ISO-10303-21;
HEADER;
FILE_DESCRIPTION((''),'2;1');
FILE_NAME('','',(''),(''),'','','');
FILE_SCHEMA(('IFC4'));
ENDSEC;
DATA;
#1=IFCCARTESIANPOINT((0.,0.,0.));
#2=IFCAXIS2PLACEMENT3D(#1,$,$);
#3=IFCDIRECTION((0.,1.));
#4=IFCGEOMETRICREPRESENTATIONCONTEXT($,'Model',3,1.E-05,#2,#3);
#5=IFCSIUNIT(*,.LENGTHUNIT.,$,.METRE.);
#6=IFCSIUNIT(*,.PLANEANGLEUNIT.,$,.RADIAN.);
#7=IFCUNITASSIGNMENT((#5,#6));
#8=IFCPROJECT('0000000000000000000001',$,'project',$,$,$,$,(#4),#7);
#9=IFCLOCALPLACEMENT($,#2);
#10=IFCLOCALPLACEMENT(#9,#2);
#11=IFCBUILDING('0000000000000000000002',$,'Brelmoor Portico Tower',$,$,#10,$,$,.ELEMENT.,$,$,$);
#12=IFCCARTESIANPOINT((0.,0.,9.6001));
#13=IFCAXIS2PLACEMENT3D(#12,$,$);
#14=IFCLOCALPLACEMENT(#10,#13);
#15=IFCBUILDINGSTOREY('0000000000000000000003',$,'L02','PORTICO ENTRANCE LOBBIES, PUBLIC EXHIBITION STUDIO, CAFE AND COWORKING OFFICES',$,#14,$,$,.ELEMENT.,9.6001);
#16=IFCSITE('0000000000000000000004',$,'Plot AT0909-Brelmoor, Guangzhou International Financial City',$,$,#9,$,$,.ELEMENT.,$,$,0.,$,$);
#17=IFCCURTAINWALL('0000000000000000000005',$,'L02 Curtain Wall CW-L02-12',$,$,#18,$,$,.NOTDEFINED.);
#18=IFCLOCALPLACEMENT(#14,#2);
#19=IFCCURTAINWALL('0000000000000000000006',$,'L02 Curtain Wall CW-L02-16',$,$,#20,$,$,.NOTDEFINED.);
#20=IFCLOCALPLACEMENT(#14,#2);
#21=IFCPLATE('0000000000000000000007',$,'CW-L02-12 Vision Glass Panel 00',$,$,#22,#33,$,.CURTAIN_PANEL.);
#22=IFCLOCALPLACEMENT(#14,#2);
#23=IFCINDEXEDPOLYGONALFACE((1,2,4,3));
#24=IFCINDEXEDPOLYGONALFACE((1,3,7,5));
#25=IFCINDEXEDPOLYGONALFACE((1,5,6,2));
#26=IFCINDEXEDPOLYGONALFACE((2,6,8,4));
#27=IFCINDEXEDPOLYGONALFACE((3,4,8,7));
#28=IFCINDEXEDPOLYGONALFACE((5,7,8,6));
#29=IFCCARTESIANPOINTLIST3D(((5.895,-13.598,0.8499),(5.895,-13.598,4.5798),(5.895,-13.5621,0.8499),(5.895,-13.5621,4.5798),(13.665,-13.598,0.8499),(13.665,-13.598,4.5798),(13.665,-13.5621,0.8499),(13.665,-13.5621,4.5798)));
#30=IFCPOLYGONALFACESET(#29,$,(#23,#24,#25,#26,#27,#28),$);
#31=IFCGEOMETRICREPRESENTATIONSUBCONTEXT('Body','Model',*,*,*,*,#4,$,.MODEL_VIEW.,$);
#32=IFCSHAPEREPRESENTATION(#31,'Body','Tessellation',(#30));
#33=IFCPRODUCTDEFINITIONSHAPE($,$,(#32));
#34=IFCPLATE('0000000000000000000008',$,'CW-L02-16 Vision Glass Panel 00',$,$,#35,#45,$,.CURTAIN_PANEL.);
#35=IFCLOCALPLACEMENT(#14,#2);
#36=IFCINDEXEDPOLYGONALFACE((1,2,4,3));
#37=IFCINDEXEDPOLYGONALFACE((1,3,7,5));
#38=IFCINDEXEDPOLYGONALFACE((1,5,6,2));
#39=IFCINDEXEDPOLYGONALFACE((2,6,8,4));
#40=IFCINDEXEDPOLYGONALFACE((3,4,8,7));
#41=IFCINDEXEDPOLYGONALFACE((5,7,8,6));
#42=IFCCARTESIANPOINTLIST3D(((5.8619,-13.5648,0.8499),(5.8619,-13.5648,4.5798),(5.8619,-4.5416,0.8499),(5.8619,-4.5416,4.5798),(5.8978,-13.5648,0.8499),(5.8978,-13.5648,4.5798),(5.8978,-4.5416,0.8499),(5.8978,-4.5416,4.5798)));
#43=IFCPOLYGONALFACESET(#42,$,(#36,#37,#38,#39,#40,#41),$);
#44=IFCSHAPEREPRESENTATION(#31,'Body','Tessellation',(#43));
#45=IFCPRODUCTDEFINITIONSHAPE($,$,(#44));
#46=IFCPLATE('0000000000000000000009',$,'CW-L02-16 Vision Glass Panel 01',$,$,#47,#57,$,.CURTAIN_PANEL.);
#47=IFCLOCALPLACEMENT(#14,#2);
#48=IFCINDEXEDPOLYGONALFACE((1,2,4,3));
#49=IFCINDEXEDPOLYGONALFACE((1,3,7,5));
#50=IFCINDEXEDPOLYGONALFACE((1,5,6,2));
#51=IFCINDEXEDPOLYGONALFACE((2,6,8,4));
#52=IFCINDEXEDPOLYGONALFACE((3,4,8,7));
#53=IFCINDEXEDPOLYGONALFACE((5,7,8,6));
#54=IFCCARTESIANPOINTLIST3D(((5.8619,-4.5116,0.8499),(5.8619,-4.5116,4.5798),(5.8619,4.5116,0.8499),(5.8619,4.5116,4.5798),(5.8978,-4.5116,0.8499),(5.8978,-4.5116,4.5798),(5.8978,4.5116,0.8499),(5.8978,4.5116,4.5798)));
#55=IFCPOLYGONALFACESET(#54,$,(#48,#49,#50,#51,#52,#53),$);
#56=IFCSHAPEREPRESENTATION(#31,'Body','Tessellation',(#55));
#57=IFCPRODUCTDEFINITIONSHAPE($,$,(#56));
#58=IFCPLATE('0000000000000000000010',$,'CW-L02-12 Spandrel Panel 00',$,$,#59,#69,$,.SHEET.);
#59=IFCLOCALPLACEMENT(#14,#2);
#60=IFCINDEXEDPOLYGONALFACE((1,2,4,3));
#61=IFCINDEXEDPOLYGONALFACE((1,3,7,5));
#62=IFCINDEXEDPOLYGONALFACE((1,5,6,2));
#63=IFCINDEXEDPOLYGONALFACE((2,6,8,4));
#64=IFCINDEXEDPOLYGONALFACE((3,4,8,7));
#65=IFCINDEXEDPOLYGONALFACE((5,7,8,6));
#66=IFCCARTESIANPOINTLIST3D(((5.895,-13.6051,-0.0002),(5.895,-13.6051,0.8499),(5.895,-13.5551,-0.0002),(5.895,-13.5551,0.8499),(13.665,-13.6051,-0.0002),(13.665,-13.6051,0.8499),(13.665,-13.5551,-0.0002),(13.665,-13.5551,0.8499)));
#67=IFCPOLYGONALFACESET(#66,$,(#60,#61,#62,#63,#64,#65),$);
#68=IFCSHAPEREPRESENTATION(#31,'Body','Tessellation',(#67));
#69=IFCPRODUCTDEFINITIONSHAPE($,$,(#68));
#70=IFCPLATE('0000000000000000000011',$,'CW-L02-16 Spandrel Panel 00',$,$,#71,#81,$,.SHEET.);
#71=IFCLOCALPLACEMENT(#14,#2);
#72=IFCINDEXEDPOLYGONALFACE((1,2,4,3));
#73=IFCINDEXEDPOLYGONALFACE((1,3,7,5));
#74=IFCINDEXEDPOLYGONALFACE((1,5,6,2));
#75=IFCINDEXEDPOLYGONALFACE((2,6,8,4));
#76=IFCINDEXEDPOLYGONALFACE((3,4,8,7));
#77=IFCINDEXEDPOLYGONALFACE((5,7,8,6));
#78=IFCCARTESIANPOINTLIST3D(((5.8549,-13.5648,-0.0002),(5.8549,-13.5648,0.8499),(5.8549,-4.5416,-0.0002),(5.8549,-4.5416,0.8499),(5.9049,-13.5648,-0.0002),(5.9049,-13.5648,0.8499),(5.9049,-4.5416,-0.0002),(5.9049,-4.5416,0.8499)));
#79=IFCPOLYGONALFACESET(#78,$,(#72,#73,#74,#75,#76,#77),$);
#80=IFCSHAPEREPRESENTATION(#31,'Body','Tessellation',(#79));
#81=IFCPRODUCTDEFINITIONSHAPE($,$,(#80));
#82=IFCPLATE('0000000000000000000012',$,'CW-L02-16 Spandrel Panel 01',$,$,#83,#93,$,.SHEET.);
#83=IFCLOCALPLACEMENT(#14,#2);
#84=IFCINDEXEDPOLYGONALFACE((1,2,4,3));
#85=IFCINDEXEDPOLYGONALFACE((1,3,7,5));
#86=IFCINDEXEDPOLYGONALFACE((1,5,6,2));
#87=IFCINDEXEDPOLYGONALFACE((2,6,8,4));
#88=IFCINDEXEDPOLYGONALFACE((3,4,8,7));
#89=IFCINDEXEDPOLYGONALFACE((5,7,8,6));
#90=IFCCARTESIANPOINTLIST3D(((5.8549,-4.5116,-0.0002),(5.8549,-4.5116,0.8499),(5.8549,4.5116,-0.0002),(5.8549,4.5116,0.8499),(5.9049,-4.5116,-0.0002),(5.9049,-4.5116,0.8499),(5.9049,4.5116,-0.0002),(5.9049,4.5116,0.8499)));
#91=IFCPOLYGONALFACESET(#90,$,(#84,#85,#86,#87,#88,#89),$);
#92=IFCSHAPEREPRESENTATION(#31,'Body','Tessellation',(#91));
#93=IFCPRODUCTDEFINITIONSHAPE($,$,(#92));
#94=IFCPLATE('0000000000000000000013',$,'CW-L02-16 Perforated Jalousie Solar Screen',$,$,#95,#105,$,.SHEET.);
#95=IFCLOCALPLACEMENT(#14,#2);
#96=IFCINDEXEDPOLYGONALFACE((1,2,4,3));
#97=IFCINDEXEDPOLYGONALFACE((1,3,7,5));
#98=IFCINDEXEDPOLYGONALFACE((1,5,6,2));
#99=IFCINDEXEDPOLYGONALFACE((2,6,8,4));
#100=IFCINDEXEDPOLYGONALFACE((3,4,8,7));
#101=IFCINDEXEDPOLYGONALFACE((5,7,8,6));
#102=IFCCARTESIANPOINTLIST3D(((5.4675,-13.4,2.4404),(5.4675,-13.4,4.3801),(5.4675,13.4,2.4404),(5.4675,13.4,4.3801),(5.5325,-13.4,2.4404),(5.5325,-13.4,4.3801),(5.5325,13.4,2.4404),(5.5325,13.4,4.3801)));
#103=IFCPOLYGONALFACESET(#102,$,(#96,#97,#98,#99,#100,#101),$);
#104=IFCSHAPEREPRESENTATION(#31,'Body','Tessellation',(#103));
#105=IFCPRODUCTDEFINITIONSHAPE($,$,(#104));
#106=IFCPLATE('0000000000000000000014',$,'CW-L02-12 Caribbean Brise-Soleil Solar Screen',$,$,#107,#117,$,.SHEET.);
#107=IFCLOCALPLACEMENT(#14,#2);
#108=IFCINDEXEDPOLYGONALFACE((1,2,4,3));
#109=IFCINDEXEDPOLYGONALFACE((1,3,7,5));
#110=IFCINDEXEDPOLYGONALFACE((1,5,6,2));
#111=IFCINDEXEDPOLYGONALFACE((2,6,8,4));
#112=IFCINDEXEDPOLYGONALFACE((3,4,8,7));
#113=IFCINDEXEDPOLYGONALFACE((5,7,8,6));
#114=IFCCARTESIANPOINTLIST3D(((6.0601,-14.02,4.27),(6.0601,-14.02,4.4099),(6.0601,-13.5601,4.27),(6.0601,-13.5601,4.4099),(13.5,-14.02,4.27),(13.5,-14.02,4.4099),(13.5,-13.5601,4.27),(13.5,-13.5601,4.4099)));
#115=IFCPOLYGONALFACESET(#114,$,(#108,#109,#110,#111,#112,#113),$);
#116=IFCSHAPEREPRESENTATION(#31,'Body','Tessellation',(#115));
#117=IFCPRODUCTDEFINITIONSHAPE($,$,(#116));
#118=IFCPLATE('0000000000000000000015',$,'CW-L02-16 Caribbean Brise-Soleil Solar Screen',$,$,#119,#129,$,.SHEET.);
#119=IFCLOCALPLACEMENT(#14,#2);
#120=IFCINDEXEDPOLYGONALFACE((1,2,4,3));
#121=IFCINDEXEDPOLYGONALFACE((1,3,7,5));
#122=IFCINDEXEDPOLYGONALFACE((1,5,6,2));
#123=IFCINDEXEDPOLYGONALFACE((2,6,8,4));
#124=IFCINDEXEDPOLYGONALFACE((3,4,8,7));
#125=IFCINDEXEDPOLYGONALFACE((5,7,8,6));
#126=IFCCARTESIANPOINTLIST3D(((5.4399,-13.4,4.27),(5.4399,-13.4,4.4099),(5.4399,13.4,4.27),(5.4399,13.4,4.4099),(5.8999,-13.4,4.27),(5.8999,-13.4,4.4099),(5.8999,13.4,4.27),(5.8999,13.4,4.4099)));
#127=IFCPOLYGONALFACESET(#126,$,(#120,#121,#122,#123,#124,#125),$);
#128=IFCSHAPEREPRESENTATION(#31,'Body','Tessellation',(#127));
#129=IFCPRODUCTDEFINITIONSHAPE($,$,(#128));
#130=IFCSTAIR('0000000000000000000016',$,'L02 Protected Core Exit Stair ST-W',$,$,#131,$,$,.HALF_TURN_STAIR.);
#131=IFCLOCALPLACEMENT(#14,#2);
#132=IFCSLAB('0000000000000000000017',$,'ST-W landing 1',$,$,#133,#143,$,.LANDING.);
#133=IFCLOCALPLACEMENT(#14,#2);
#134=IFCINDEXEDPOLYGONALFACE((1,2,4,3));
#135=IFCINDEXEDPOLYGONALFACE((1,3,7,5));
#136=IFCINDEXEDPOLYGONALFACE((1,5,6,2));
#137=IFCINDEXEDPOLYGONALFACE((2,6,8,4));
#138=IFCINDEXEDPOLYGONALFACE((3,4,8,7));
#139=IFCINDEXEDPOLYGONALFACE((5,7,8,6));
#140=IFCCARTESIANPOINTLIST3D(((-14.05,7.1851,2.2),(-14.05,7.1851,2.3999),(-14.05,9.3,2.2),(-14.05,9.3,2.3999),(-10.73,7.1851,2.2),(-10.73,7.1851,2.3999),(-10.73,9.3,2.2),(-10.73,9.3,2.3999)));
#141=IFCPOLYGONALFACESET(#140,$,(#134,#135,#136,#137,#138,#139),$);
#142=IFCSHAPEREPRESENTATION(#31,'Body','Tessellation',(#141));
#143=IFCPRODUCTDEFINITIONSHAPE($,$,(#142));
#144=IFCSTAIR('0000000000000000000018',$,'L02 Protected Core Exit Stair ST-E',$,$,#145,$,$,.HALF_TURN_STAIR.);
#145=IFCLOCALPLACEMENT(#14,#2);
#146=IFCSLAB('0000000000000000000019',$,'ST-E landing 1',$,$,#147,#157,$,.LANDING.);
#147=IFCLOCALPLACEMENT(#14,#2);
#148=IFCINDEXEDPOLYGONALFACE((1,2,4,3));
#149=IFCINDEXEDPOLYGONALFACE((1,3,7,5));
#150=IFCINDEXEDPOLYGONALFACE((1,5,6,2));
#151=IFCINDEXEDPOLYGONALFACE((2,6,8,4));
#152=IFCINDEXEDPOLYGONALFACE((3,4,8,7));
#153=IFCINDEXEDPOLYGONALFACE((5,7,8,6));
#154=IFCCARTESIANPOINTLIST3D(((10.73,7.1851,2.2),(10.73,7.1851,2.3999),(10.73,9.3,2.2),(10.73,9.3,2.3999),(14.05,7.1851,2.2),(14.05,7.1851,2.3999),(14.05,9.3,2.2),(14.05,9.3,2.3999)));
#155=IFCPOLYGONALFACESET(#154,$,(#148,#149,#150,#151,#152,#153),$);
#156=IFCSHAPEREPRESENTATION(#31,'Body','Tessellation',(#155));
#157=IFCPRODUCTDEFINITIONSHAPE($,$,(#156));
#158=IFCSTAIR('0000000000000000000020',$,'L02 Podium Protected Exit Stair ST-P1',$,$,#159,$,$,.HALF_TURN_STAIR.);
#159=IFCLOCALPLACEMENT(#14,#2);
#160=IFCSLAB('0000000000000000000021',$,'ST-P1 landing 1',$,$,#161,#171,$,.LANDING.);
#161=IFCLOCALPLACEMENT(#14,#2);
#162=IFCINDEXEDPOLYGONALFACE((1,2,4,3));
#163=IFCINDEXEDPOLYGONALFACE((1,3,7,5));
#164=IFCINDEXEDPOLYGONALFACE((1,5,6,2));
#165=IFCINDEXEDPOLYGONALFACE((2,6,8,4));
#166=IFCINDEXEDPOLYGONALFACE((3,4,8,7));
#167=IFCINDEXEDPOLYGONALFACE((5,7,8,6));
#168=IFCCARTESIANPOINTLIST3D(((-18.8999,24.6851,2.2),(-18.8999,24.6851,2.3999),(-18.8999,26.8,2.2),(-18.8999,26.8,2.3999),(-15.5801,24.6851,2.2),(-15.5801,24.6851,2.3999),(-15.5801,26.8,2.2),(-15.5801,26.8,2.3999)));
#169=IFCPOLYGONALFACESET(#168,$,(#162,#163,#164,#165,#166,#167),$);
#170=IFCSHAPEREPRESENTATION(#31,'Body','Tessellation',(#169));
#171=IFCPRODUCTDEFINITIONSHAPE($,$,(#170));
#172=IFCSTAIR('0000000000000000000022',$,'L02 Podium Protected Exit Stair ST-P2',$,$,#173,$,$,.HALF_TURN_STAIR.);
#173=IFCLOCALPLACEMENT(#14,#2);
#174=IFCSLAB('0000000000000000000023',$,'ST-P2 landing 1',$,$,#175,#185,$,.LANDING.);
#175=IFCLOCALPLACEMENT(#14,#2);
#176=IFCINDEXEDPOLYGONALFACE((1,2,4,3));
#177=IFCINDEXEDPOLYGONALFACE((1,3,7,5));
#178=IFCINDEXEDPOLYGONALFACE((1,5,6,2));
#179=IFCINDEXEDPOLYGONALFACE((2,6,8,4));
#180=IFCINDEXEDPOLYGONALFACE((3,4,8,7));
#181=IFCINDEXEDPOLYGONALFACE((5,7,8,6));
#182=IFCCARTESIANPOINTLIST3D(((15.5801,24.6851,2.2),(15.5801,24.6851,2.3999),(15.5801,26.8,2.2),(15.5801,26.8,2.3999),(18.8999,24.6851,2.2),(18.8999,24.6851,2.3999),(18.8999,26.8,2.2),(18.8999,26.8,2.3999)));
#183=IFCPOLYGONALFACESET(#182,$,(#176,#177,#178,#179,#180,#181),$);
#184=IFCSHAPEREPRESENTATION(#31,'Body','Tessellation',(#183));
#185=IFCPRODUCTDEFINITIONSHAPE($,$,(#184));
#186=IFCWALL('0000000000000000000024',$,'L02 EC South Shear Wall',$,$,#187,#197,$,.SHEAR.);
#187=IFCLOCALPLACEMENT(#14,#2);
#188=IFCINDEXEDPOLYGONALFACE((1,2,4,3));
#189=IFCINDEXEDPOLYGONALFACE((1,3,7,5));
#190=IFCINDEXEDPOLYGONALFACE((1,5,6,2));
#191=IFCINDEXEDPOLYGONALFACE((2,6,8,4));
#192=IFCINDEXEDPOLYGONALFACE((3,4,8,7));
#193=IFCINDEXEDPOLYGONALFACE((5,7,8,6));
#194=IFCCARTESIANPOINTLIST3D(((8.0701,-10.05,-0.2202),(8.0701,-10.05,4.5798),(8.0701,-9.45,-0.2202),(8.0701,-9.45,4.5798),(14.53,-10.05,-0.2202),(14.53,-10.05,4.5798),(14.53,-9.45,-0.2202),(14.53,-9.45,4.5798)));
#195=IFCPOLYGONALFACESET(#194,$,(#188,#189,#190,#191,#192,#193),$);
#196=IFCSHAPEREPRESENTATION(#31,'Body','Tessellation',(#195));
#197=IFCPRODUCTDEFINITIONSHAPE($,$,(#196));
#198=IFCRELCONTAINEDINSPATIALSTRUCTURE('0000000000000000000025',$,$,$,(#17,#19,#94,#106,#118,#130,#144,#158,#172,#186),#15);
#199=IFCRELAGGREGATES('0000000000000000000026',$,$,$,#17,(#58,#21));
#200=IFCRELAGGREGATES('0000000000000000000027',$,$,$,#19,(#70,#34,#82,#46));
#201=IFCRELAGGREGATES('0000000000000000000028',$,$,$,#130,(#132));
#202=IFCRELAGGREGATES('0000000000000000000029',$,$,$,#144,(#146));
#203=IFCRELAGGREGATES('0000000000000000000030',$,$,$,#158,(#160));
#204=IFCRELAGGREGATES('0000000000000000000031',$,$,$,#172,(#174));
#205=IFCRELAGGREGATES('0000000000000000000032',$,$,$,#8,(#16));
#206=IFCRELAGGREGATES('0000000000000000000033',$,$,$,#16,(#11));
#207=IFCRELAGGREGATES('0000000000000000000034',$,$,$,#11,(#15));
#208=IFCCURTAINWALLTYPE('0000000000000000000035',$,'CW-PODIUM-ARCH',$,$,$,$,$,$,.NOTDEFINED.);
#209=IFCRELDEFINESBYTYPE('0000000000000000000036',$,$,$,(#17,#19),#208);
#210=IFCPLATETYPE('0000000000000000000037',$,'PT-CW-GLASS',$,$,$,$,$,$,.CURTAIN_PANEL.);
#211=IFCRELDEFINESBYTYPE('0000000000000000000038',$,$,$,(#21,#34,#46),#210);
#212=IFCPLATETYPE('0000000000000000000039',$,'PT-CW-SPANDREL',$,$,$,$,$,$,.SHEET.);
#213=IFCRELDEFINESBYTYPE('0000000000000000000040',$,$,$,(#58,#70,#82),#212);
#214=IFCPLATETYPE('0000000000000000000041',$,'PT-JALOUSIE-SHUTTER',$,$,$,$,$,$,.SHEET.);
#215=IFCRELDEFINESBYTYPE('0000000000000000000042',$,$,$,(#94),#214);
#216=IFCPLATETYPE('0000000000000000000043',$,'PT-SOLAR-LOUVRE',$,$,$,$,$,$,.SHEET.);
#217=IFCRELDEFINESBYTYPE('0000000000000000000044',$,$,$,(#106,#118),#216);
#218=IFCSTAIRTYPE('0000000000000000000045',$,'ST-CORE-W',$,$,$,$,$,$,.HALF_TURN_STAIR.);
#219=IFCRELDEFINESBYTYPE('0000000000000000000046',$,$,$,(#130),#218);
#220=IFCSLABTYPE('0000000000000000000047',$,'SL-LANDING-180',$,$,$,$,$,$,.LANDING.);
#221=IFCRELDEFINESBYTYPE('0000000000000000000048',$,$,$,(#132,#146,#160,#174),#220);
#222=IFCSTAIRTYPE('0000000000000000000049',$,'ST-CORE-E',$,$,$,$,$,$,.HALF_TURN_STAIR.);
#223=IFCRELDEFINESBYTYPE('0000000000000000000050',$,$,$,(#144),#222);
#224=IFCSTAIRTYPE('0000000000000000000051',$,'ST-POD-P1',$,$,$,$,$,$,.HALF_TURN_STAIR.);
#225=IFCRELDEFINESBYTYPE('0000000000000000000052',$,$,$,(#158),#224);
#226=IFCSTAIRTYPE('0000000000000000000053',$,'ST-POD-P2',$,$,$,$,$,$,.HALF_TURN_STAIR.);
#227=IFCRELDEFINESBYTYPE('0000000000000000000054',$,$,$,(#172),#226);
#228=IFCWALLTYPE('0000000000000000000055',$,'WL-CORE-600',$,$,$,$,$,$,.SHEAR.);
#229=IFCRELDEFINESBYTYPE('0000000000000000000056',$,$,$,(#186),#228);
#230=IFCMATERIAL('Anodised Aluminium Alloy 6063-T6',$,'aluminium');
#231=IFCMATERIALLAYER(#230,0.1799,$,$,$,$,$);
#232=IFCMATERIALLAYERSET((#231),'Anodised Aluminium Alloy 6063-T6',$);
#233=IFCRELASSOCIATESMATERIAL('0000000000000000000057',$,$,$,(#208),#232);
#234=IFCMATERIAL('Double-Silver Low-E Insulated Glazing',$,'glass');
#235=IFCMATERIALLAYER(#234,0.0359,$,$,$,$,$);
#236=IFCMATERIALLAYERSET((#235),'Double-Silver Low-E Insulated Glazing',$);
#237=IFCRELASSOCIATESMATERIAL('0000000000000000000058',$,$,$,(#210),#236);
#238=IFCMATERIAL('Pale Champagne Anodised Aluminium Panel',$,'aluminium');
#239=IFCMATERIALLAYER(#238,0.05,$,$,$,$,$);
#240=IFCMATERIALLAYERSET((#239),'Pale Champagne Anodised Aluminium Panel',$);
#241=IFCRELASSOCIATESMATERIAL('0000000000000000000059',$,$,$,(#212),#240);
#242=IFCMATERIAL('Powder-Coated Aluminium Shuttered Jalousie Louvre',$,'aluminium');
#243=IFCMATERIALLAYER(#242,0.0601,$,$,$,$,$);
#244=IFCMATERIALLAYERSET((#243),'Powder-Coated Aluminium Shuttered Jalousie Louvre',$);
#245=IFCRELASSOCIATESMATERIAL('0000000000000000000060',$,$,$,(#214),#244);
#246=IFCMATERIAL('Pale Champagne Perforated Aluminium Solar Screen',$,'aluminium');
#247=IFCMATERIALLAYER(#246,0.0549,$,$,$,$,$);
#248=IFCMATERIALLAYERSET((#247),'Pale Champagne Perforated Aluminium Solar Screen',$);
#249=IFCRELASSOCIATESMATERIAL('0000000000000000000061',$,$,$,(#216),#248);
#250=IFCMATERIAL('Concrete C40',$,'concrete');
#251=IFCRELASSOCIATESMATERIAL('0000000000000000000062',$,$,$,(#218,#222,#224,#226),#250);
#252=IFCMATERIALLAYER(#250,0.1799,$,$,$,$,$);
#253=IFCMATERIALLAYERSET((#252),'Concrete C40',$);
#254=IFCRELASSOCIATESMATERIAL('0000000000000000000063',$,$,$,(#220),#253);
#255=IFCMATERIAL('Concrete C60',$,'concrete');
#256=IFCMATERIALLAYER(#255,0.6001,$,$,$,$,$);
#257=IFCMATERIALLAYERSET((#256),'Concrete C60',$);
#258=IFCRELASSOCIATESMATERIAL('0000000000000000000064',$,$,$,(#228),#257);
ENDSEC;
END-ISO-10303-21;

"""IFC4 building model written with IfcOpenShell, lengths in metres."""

from ifc_helpers import new_model, si_unit, direction, frame, frame_2d, origin, origin_2d, place, context, subcontext, project, spatial, polyline, rectangle, outline, extrude, material, layer, layer_set, type_object, element, aggregate, save


model = new_model("IFC4")

# Units and contexts
model_context = context("Model", 3, precision=1e-05, world=origin(), true_north=direction((0.0, 1.0)))
body_context = subcontext(model_context, "Body", "Model", "MODEL_VIEW")
ifc_project = project(units=[si_unit("LENGTHUNIT", "METRE"), si_unit("PLANEANGLEUNIT", "RADIAN")], contexts=[model_context])

# Site, building, storey
site_placement = place(None, origin())
site = spatial("IfcSite", under=ifc_project, at=site_placement, Name="Plot AT0909-Brelmoor, Guangzhou International Financial City", CompositionType="ELEMENT", RefElevation=0.0)
building_placement = place(site_placement, origin())
building = spatial("IfcBuilding", under=site, at=building_placement, Name="Brelmoor Portico Tower", CompositionType="ELEMENT")
storey_placement = place(building_placement, frame((0.0, 0.0, 9.6001)))
storey = spatial("IfcBuildingStorey", under=building, at=storey_placement, Name="L02", Description="PORTICO ENTRANCE LOBBIES, PUBLIC EXHIBITION STUDIO, CAFE AND COWORKING OFFICES", CompositionType="ELEMENT", Elevation=9.6001)

# Curtain wall
ifc_material_1 = material(Name="Anodised Aluminium Alloy 6063-T6", Category="aluminium")
ifc_layer_1 = layer(ifc_material_1, 0.1799)
ifc_layer_set_1 = layer_set([ifc_layer_1], Name="Anodised Aluminium Alloy 6063-T6")
curtain_wall_type = type_object("IfcCurtainWallType", Name="CW-PODIUM-ARCH", PredefinedType="NOTDEFINED", material=ifc_layer_set_1)
curtain_wall_1_placement = place(storey_placement, origin())
curtain_wall_1 = element("IfcCurtainWall", 1, at=curtain_wall_1_placement, inside=storey, type_object=curtain_wall_type, Name="L02 Curtain Wall CW-L02-12", PredefinedType="NOTDEFINED")

# Curtain wall
curtain_wall_2_placement = place(storey_placement, origin())
curtain_wall_2 = element("IfcCurtainWall", 2, at=curtain_wall_2_placement, inside=storey, type_object=curtain_wall_type, Name="L02 Curtain Wall CW-L02-16", PredefinedType="NOTDEFINED")

# Plates
ifc_material_2 = material(Name="Double-Silver Low-E Insulated Glazing", Category="glass")
ifc_layer_2 = layer(ifc_material_2, 0.0359)
ifc_layer_set_2 = layer_set([ifc_layer_2], Name="Double-Silver Low-E Insulated Glazing")
plate_type_1 = type_object("IfcPlateType", Name="PT-CW-GLASS", PredefinedType="CURTAIN_PANEL", material=ifc_layer_set_2)
plate_1_placement = place(storey_placement, frame((9.78, -13.5801, 0.8499), z_axis=(0.0, 0.0, 1.0), x_axis=(1.0, 0.0, 0.0)))
plate_1 = element("IfcPlate", 3, at=plate_1_placement, type_object=plate_type_1, Name="CW-L02-12 Vision Glass Panel 00", PredefinedType="CURTAIN_PANEL", context=body_context, shape_type="SweptSolid", body=[
    extrude(rectangle(XDim=7.77, YDim=0.0359, at=origin_2d()), origin(), (0.0, 0.0, 1.0), 3.73),
])
plate_2_placement = place(storey_placement, frame((5.8799, -9.0532, 0.8499), z_axis=(0.0, 0.0, 1.0), x_axis=(0.0, 1.0, 0.0)))
plate_2 = element("IfcPlate", 4, at=plate_2_placement, type_object=plate_type_1, Name="CW-L02-16 Vision Glass Panel 00", PredefinedType="CURTAIN_PANEL", context=body_context, shape_type="SweptSolid", body=[
    extrude(rectangle(XDim=9.0232, YDim=0.0359, at=origin_2d()), origin(), (0.0, 0.0, 1.0), 3.73),
])
plate_3_placement = place(storey_placement, frame((5.8799, 0.0, 0.8499), z_axis=(0.0, 0.0, 1.0), x_axis=(0.0, 1.0, 0.0)))
plate_3 = element("IfcPlate", 5, at=plate_3_placement, type_object=plate_type_1, Name="CW-L02-16 Vision Glass Panel 01", PredefinedType="CURTAIN_PANEL", context=body_context, shape_type="SweptSolid", body=[
    extrude(rectangle(XDim=9.0232, YDim=0.0359, at=origin_2d()), origin(), (0.0, 0.0, 1.0), 3.73),
])
ifc_material_3 = material(Name="Pale Champagne Anodised Aluminium Panel", Category="aluminium")
ifc_layer_3 = layer(ifc_material_3, 0.05)
ifc_layer_set_3 = layer_set([ifc_layer_3], Name="Pale Champagne Anodised Aluminium Panel")
plate_type_2 = type_object("IfcPlateType", Name="PT-CW-SPANDREL", PredefinedType="SHEET", material=ifc_layer_set_3)
plate_4_placement = place(storey_placement, frame((9.78, -13.5801, -0.0002), z_axis=(0.0, 0.0, 1.0), x_axis=(1.0, 0.0, 0.0)))
plate_4 = element("IfcPlate", 6, at=plate_4_placement, type_object=plate_type_2, Name="CW-L02-12 Spandrel Panel 00", PredefinedType="SHEET", context=body_context, shape_type="SweptSolid", body=[
    extrude(rectangle(XDim=7.77, YDim=0.05, at=origin_2d()), origin(), (0.0, 0.0, 1.0), 0.8501),
])
aggregate(curtain_wall_1, [plate_4, plate_1])
plate_5_placement = place(storey_placement, frame((5.8799, -9.0532, -0.0002), z_axis=(0.0, 0.0, 1.0), x_axis=(0.0, 1.0, 0.0)))
plate_5 = element("IfcPlate", 7, at=plate_5_placement, type_object=plate_type_2, Name="CW-L02-16 Spandrel Panel 00", PredefinedType="SHEET", context=body_context, shape_type="SweptSolid", body=[
    extrude(rectangle(XDim=9.0232, YDim=0.05, at=origin_2d()), origin(), (0.0, 0.0, 1.0), 0.8501),
])
plate_6_placement = place(storey_placement, frame((5.8799, 0.0, -0.0002), z_axis=(0.0, 0.0, 1.0), x_axis=(0.0, 1.0, 0.0)))
plate_6 = element("IfcPlate", 8, at=plate_6_placement, type_object=plate_type_2, Name="CW-L02-16 Spandrel Panel 01", PredefinedType="SHEET", context=body_context, shape_type="SweptSolid", body=[
    extrude(rectangle(XDim=9.0232, YDim=0.05, at=origin_2d()), origin(), (0.0, 0.0, 1.0), 0.8501),
])
aggregate(curtain_wall_2, [plate_5, plate_2, plate_6, plate_3])

# Plates
ifc_material_4 = material(Name="Powder-Coated Aluminium Shuttered Jalousie Louvre", Category="aluminium")
ifc_layer_4 = layer(ifc_material_4, 0.0601)
ifc_layer_set_4 = layer_set([ifc_layer_4], Name="Powder-Coated Aluminium Shuttered Jalousie Louvre")
plate_type_3 = type_object("IfcPlateType", Name="PT-JALOUSIE-SHUTTER", PredefinedType="SHEET", material=ifc_layer_set_4)
plate_7_placement = place(storey_placement, frame((5.5, 0.0, 2.4404), z_axis=(0.0, 0.0, 1.0), x_axis=(0.0, 1.0, 0.0)))
element("IfcPlate", 9, at=plate_7_placement, inside=storey, type_object=plate_type_3, Name="CW-L02-16 Perforated Jalousie Solar Screen", PredefinedType="SHEET", context=body_context, shape_type="SweptSolid", body=[
    extrude(rectangle(XDim=26.8, YDim=0.0649, at=origin_2d()), origin(), (0.0, 0.0, 1.0), 1.9397),
])
ifc_material_5 = material(Name="Pale Champagne Perforated Aluminium Solar Screen", Category="aluminium")
ifc_layer_5 = layer(ifc_material_5, 0.0549)
ifc_layer_set_5 = layer_set([ifc_layer_5], Name="Pale Champagne Perforated Aluminium Solar Screen")
plate_type_4 = type_object("IfcPlateType", Name="PT-SOLAR-LOUVRE", PredefinedType="SHEET", material=ifc_layer_set_5)
plate_8_placement = place(storey_placement, frame((9.78, -13.79, 4.27), z_axis=(0.0, 0.0, 1.0), x_axis=(1.0, 0.0, 0.0)))
element("IfcPlate", 10, at=plate_8_placement, inside=storey, type_object=plate_type_4, Name="CW-L02-12 Caribbean Brise-Soleil Solar Screen", PredefinedType="SHEET", context=body_context, shape_type="SweptSolid", body=[
    extrude(rectangle(XDim=7.4399, YDim=0.46, at=origin_2d()), origin(), (0.0, 0.0, 1.0), 0.1399),
])
plate_9_placement = place(storey_placement, frame((5.6699, 0.0, 4.27), z_axis=(0.0, 0.0, 1.0), x_axis=(0.0, 1.0, 0.0)))
element("IfcPlate", 11, at=plate_9_placement, inside=storey, type_object=plate_type_4, Name="CW-L02-16 Caribbean Brise-Soleil Solar Screen", PredefinedType="SHEET", context=body_context, shape_type="SweptSolid", body=[
    extrude(rectangle(XDim=26.8, YDim=0.46, at=origin_2d()), origin(), (0.0, 0.0, 1.0), 0.1399),
])

# Stairs, slabs
ifc_material_6 = material(Name="Concrete C40", Category="concrete")
stair_type_1 = type_object("IfcStairType", Name="ST-CORE-W", PredefinedType="HALF_TURN_STAIR", material=ifc_material_6)
stair_1_placement = place(storey_placement, origin())
stair_1 = element("IfcStair", 12, at=stair_1_placement, inside=storey, type_object=stair_type_1, Name="L02 Protected Core Exit Stair ST-W", PredefinedType="HALF_TURN_STAIR")
ifc_layer_6 = layer(ifc_material_6, 0.1799)
ifc_layer_set_6 = layer_set([ifc_layer_6], Name="Concrete C40")
slab_type = type_object("IfcSlabType", Name="SL-LANDING-180", PredefinedType="LANDING", material=ifc_layer_set_6)
slab_1_placement = place(storey_placement, frame((0.0, 0.0, 2.2)))
slab_1 = element("IfcSlab", 13, at=slab_1_placement, type_object=slab_type, Name="ST-W landing 1", PredefinedType="LANDING", context=body_context, shape_type="SweptSolid", body=[
    extrude(outline(polyline([(-10.73, 7.1851), (-10.73, 9.3), (-14.05, 9.3), (-14.05, 7.1851), (-10.73, 7.1851)])), origin(), (0.0, 0.0, 1.0), 0.2),
])
aggregate(stair_1, [slab_1])
stair_type_2 = type_object("IfcStairType", Name="ST-CORE-E", PredefinedType="HALF_TURN_STAIR", material=ifc_material_6)
stair_2_placement = place(storey_placement, origin())
stair_2 = element("IfcStair", 14, at=stair_2_placement, inside=storey, type_object=stair_type_2, Name="L02 Protected Core Exit Stair ST-E", PredefinedType="HALF_TURN_STAIR")
slab_2_placement = place(storey_placement, frame((0.0, 0.0, 2.2)))
slab_2 = element("IfcSlab", 15, at=slab_2_placement, type_object=slab_type, Name="ST-E landing 1", PredefinedType="LANDING", context=body_context, shape_type="SweptSolid", body=[
    extrude(outline(polyline([(14.05, 7.1851), (14.05, 9.3), (10.73, 9.3), (10.73, 7.1851), (14.05, 7.1851)])), origin(), (0.0, 0.0, 1.0), 0.2),
])
aggregate(stair_2, [slab_2])
stair_type_3 = type_object("IfcStairType", Name="ST-POD-P1", PredefinedType="HALF_TURN_STAIR", material=ifc_material_6)
stair_3_placement = place(storey_placement, origin())
stair_3 = element("IfcStair", 16, at=stair_3_placement, inside=storey, type_object=stair_type_3, Name="L02 Podium Protected Exit Stair ST-P1", PredefinedType="HALF_TURN_STAIR")
slab_3_placement = place(storey_placement, frame((0.0, 0.0, 2.2)))
slab_3 = element("IfcSlab", 17, at=slab_3_placement, type_object=slab_type, Name="ST-P1 landing 1", PredefinedType="LANDING", context=body_context, shape_type="SweptSolid", body=[
    extrude(outline(polyline([(-15.5801, 24.6851), (-15.5801, 26.8), (-18.8999, 26.8), (-18.8999, 24.6851), (-15.5801, 24.6851)])), origin(), (0.0, 0.0, 1.0), 0.2),
])
aggregate(stair_3, [slab_3])
stair_type_4 = type_object("IfcStairType", Name="ST-POD-P2", PredefinedType="HALF_TURN_STAIR", material=ifc_material_6)
stair_4_placement = place(storey_placement, origin())
stair_4 = element("IfcStair", 18, at=stair_4_placement, inside=storey, type_object=stair_type_4, Name="L02 Podium Protected Exit Stair ST-P2", PredefinedType="HALF_TURN_STAIR")
slab_4_placement = place(storey_placement, frame((0.0, 0.0, 2.2)))
slab_4 = element("IfcSlab", 19, at=slab_4_placement, type_object=slab_type, Name="ST-P2 landing 1", PredefinedType="LANDING", context=body_context, shape_type="SweptSolid", body=[
    extrude(outline(polyline([(18.8999, 24.6851), (18.8999, 26.8), (15.5801, 26.8), (15.5801, 24.6851), (18.8999, 24.6851)])), origin(), (0.0, 0.0, 1.0), 0.2),
])
aggregate(stair_4, [slab_4])

# Wall
ifc_material_7 = material(Name="Concrete C60", Category="concrete")
ifc_layer_7 = layer(ifc_material_7, 0.6001)
ifc_layer_set_7 = layer_set([ifc_layer_7], Name="Concrete C60")
wall_type_1 = type_object("IfcWallType", Name="WL-CORE-600", PredefinedType="SHEAR", material=ifc_layer_set_7)
wall_1_placement = place(storey_placement, frame((8.0701, -9.75, -0.2202), z_axis=(0.0, 0.0, 1.0), x_axis=(1.0, 0.0, 0.0)))
element("IfcWall", 20, at=wall_1_placement, inside=storey, type_object=wall_type_1, Name="L02 EC South Shear Wall", PredefinedType="SHEAR", context=body_context, shape_type="SweptSolid", body=[
    extrude(rectangle(XDim=6.46, YDim=0.6001, at=frame_2d((3.23, 0.0))), origin(), (0.0, 0.0, 1.0), 4.8),
])

save(model, "model.ifc")
